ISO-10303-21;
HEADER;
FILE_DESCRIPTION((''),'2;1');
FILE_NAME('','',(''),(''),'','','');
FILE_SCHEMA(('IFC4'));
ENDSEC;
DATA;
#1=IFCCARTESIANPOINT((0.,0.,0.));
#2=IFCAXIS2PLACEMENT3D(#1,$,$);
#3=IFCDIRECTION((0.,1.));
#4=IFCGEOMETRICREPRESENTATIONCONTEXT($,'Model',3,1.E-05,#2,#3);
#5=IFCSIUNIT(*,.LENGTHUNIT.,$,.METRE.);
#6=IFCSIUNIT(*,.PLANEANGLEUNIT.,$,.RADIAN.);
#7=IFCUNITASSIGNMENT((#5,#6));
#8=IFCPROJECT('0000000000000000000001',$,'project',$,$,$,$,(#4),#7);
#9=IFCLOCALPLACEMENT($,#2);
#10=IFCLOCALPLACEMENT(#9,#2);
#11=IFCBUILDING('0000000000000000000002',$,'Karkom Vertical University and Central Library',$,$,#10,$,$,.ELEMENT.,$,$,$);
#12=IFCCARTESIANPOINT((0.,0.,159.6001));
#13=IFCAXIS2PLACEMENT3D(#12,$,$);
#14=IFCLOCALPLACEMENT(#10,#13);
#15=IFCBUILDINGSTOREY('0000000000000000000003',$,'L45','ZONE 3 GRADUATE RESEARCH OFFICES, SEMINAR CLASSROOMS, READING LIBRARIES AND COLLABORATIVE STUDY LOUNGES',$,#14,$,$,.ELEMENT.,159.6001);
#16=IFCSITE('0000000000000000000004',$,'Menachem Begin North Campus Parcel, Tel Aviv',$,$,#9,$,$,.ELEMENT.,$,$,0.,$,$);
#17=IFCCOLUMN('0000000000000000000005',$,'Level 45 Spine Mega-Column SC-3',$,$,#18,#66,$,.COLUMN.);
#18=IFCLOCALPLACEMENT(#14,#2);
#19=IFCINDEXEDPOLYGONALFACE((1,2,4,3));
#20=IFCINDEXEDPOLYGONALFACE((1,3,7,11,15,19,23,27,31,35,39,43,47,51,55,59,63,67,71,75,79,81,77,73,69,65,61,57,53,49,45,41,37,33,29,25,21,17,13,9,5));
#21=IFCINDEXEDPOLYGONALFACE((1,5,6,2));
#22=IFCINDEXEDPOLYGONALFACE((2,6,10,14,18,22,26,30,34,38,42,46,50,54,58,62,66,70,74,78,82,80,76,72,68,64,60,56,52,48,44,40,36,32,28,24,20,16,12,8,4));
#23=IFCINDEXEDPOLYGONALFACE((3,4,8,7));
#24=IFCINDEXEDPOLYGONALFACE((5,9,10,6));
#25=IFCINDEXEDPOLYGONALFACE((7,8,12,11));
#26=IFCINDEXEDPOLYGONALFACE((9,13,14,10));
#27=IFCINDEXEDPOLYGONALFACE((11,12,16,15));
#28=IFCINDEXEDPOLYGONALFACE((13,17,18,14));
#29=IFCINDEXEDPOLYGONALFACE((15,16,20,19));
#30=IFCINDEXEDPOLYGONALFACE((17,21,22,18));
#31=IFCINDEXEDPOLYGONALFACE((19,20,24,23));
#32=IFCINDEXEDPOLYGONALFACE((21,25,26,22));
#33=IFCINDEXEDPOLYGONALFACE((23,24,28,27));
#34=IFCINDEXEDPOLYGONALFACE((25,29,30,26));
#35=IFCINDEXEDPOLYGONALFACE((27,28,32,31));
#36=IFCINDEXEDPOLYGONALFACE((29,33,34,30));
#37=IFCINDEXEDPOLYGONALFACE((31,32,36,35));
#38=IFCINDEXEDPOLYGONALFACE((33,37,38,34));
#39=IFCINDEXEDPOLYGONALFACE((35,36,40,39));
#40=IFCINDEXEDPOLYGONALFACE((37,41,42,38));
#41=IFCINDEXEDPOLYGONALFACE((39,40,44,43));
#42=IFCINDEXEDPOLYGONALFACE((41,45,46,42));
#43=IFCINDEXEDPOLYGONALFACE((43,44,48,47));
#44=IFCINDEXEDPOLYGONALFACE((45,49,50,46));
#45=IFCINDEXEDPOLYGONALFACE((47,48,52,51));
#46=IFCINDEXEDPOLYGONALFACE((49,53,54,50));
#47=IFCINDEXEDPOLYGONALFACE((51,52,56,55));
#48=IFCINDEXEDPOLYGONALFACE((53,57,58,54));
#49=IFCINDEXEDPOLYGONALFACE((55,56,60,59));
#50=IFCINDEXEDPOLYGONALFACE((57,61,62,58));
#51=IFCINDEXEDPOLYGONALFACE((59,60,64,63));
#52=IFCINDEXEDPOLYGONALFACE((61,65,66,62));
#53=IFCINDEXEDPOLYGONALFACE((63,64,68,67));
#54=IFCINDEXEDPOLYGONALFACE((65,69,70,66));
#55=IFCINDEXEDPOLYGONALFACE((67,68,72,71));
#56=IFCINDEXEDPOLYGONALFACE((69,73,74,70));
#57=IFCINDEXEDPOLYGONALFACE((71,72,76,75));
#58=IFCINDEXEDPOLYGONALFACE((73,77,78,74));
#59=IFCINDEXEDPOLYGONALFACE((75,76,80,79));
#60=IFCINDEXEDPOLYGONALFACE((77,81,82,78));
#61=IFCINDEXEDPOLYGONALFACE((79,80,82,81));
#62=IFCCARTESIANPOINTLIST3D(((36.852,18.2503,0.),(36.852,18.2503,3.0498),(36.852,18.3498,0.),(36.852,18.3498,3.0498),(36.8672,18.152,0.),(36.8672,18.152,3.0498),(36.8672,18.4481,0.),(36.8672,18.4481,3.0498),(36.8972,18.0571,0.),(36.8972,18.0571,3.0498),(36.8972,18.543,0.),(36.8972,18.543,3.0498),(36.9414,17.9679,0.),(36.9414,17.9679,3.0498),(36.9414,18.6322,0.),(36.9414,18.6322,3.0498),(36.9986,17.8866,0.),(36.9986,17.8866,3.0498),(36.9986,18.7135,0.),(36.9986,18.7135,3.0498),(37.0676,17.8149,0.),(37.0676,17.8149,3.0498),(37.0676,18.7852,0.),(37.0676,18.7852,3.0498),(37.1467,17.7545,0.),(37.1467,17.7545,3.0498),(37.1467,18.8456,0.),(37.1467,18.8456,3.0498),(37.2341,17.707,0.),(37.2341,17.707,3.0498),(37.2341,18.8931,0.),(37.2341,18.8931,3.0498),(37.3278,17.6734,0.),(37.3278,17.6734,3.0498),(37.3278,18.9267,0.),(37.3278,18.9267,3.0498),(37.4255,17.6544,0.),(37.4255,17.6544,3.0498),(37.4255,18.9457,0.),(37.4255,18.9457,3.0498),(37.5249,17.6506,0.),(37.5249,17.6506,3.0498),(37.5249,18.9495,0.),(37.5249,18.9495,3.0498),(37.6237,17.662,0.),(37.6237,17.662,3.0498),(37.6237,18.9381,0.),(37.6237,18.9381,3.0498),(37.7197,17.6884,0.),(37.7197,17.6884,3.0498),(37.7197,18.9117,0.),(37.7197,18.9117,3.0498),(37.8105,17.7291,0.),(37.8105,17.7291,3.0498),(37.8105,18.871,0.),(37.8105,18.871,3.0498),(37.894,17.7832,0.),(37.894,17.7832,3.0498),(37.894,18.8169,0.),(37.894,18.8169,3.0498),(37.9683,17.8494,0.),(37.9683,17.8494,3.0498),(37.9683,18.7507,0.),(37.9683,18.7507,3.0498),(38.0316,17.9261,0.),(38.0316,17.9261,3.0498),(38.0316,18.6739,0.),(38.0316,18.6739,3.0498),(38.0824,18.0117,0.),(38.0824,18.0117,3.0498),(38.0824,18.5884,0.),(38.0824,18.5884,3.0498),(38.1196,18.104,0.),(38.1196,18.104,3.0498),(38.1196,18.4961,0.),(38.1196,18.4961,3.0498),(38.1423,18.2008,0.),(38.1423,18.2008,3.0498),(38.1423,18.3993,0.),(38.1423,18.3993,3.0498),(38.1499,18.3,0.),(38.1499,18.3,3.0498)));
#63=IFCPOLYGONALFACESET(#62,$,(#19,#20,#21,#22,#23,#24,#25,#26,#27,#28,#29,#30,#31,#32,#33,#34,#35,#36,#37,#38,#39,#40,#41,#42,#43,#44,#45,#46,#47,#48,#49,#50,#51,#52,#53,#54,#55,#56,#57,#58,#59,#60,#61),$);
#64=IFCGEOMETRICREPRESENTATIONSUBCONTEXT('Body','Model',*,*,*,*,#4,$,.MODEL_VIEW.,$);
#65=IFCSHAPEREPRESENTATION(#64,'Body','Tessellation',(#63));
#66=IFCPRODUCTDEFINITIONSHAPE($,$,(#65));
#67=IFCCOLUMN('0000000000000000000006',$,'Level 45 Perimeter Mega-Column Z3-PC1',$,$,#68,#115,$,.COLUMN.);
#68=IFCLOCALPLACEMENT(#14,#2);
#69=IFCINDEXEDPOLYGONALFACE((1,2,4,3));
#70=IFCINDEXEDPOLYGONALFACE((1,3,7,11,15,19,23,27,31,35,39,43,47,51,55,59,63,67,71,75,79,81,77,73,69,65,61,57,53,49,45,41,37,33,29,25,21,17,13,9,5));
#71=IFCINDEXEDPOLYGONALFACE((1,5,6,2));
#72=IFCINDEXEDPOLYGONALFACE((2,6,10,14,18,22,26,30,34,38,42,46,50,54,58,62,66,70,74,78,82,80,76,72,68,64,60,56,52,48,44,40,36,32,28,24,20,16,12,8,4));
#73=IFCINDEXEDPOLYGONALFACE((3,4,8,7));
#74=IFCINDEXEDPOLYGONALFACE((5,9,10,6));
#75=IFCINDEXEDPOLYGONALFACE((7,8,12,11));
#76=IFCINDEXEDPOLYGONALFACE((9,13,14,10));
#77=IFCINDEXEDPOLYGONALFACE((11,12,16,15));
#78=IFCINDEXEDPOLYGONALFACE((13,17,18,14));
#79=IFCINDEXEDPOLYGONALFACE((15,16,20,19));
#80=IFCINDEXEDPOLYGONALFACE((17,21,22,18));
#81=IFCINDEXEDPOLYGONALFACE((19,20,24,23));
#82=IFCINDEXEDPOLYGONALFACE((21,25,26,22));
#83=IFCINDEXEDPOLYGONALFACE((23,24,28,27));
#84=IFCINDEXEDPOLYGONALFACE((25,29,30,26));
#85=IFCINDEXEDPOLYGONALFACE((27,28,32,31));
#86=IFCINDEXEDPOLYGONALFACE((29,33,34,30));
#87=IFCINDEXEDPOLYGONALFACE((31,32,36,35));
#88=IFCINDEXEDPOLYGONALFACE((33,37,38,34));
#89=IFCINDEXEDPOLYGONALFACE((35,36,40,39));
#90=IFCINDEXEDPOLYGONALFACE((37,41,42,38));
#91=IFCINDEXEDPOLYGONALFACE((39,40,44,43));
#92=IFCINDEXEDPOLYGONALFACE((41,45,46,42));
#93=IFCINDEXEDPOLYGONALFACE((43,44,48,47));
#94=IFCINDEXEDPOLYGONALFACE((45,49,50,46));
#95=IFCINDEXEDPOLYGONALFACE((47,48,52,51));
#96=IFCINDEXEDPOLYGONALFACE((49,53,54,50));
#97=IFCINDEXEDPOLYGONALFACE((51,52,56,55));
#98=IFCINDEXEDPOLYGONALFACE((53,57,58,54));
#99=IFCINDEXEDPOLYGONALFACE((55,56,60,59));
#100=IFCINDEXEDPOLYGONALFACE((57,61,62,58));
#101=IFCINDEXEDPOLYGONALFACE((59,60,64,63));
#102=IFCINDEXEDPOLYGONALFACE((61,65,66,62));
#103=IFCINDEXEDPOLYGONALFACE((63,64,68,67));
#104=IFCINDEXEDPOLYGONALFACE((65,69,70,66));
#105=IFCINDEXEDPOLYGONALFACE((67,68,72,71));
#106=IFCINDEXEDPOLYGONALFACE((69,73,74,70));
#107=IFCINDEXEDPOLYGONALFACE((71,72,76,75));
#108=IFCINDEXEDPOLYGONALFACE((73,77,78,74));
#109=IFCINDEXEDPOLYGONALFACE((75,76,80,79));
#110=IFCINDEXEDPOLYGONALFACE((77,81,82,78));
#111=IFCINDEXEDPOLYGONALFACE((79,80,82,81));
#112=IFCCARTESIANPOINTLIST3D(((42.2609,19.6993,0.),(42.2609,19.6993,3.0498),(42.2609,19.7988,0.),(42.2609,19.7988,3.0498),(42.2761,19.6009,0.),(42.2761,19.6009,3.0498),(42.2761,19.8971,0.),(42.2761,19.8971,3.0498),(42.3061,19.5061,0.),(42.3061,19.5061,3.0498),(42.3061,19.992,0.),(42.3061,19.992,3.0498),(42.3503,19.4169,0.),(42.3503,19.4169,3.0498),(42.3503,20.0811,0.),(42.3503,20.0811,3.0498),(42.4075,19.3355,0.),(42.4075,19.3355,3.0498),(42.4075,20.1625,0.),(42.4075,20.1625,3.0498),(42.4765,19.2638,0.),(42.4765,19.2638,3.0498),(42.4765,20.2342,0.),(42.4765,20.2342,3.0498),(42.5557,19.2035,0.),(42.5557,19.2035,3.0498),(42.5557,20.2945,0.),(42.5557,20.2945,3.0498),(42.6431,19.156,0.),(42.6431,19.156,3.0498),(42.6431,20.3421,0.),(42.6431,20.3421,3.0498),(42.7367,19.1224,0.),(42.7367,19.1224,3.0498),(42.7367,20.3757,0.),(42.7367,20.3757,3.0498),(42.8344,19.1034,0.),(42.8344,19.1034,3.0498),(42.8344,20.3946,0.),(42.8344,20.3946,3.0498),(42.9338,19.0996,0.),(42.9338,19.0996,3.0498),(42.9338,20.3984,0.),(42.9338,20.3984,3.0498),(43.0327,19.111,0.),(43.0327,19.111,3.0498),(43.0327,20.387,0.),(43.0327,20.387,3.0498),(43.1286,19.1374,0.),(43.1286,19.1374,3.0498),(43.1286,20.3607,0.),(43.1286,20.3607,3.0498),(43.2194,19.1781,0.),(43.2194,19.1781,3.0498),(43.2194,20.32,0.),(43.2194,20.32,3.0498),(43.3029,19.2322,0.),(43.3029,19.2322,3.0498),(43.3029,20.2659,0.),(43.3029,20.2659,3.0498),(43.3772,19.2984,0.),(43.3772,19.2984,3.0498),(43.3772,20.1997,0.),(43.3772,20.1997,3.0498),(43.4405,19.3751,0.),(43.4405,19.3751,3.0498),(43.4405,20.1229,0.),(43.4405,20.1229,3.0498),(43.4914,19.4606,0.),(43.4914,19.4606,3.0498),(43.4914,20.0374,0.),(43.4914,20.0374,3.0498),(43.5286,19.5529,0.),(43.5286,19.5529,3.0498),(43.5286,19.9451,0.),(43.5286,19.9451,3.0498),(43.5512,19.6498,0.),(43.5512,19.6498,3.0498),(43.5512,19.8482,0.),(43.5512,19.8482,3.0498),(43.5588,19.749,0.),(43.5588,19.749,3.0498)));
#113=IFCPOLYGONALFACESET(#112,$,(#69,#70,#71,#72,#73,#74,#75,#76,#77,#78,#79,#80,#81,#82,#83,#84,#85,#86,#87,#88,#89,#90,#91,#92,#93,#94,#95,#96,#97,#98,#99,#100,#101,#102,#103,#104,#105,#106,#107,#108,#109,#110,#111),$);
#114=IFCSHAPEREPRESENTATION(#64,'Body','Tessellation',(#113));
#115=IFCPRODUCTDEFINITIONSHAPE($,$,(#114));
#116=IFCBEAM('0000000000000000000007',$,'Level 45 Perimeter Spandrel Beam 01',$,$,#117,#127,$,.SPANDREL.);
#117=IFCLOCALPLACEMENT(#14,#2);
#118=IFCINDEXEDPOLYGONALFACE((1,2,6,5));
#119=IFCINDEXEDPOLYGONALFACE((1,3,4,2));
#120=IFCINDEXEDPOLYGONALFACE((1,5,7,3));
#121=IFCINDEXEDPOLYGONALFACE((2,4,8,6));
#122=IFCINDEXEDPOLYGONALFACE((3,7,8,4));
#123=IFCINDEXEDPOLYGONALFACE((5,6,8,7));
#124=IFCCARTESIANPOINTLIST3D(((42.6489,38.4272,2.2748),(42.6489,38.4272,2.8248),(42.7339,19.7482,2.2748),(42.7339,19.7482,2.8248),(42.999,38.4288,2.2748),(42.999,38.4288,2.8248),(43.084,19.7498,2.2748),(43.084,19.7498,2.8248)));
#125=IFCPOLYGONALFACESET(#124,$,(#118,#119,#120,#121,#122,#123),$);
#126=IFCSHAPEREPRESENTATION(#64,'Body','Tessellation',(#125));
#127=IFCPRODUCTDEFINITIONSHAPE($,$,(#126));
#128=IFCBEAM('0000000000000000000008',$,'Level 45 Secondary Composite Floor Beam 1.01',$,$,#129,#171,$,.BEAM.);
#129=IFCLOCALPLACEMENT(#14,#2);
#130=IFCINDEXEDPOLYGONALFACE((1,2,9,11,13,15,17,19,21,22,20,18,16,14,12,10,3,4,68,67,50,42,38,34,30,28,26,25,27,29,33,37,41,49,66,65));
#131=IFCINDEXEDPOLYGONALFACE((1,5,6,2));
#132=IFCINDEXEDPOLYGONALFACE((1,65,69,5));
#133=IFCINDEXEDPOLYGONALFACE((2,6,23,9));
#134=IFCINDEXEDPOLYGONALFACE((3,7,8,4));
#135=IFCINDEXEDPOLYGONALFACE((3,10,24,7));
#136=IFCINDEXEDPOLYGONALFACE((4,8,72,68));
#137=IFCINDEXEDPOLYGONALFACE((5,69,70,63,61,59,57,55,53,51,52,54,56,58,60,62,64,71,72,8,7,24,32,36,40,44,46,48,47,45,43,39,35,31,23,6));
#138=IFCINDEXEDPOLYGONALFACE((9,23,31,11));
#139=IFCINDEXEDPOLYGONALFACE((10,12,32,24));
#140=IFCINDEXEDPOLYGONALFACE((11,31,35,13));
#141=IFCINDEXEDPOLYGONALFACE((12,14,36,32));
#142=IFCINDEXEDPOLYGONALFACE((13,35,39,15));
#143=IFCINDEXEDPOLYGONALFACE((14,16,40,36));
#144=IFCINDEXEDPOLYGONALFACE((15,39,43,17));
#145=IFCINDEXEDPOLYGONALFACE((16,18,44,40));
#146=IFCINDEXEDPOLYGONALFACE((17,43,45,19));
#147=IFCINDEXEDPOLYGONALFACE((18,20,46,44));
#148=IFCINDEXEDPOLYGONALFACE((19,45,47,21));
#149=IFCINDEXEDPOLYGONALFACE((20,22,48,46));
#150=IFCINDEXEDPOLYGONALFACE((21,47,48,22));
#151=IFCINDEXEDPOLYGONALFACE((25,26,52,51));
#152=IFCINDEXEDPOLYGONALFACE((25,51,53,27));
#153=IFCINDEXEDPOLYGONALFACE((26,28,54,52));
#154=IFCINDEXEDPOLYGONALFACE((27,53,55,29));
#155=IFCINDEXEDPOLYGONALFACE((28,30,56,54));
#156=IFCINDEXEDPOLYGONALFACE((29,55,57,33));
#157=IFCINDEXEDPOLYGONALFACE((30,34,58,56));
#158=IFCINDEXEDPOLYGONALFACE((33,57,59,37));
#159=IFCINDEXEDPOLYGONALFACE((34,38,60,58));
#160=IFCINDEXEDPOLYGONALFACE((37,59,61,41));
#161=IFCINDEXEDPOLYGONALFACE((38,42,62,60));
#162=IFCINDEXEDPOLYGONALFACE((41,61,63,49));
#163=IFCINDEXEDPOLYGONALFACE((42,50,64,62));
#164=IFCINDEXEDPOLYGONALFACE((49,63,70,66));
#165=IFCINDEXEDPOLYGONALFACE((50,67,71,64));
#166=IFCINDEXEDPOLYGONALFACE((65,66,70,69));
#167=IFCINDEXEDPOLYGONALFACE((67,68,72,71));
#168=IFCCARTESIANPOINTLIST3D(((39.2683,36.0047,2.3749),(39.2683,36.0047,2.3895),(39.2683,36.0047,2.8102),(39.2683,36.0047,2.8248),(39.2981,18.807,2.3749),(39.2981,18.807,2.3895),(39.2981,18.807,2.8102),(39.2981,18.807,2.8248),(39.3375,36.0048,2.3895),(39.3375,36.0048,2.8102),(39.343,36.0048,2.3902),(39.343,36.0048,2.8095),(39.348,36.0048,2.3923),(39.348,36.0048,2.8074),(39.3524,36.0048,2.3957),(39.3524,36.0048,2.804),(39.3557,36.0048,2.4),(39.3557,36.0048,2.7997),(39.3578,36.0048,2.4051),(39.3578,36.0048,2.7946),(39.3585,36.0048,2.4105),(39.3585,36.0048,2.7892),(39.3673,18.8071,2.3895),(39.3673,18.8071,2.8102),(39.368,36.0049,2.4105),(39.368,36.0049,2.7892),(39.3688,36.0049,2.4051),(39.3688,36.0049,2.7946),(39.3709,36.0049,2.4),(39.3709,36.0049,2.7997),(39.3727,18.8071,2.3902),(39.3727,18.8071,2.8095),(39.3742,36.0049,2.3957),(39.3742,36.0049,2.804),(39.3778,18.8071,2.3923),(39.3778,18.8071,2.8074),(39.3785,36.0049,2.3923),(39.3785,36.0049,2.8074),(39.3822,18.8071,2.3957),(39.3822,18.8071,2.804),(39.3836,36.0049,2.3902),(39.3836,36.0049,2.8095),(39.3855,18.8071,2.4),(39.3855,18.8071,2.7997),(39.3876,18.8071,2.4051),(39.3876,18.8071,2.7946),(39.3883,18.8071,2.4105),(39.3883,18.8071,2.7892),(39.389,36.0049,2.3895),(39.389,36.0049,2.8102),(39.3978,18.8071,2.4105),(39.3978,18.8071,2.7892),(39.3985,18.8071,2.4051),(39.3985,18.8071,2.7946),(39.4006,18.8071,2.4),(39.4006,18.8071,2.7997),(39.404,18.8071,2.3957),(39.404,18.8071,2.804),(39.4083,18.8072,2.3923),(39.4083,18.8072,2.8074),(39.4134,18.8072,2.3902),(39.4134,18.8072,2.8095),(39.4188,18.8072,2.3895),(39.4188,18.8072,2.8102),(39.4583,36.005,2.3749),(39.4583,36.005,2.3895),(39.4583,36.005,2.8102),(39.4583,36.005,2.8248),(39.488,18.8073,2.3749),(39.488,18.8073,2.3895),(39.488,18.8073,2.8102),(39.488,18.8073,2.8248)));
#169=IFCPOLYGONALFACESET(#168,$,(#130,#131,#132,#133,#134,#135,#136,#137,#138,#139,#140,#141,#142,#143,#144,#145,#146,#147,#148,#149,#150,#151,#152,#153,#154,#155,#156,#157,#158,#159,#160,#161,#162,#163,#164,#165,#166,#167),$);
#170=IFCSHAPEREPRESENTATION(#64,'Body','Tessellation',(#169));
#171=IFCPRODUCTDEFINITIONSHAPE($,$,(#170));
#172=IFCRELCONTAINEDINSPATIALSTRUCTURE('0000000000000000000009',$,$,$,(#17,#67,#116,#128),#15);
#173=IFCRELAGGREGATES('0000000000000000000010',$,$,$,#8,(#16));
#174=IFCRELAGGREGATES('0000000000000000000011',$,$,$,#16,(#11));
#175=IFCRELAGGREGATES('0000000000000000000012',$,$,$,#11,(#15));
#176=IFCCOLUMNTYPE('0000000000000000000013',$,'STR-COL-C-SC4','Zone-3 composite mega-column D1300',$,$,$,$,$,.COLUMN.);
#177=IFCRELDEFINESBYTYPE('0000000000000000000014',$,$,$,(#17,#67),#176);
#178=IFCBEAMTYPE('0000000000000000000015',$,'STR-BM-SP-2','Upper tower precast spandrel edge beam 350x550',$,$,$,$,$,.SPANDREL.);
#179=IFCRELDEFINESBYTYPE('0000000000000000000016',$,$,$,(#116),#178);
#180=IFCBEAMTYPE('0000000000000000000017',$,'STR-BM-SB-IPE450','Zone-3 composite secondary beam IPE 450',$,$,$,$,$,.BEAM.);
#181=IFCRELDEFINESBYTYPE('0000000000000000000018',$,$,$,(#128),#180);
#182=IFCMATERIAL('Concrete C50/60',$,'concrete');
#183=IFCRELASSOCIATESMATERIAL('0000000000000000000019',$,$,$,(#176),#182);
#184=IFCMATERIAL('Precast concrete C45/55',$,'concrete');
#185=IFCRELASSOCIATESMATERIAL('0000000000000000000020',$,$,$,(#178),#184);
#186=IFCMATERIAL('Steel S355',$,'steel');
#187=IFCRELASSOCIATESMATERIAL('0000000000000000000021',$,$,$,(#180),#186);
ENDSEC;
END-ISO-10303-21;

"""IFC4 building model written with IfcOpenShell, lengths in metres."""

from ifc_helpers import new_model, si_unit, direction, frame, origin, origin_with_axes, origin_2d, place, context, subcontext, project, spatial, rectangle, circle, i_section, extrude, source, transform, mapped, material, material_profile, profile_set, type_object, element, save


model = new_model("IFC4")

# Units and contexts
model_context = context("Model", 3, precision=1e-05, world=origin(), true_north=direction((0.0, 1.0)))
body_context = subcontext(model_context, "Body", "Model", "MODEL_VIEW")
ifc_project = project(units=[si_unit("LENGTHUNIT", "METRE"), si_unit("PLANEANGLEUNIT", "RADIAN")], contexts=[model_context])

# Site, building, storey
site_placement = place(None, origin())
site = spatial("IfcSite", under=ifc_project, at=site_placement, Name="Menachem Begin North Campus Parcel, Tel Aviv", CompositionType="ELEMENT", RefElevation=0.0)
building_placement = place(site_placement, origin())
building = spatial("IfcBuilding", under=site, at=building_placement, Name="Karkom Vertical University and Central Library", CompositionType="ELEMENT")
storey_placement = place(building_placement, frame((0.0, 0.0, 159.6001)))
storey = spatial("IfcBuildingStorey", under=building, at=storey_placement, Name="L45", Description="ZONE 3 GRADUATE RESEARCH OFFICES, SEMINAR CLASSROOMS, READING LIBRARIES AND COLLABORATIVE STUDY LOUNGES", CompositionType="ELEMENT", Elevation=159.6001)

# Columns
ifc_material_1 = material(Name="Concrete C50/60", Category="concrete")
ifc_material_profile_1 = material_profile(ifc_material_1, circle(Radius=0.6499, at=origin_2d()), Name="CFT-D1300")
ifc_profile_set_1 = profile_set([ifc_material_profile_1], Name="Concrete C50/60")
column_type = type_object("IfcColumnType", Name="STR-COL-C-SC4", Description="Zone-3 composite mega-column D1300", PredefinedType="COLUMN", material=ifc_profile_set_1)
shared_shape_1 = source(origin_with_axes(), body_context, "Body", "SweptSolid", [
    extrude(circle(Radius=0.6499, at=origin_2d()), origin(), (0.0, 0.0, 1.0), 3.0498),
])
for number, where, z_axis, x_axis, name in (
    (1, (37.5, 18.3, 0.0), (0.0, 0.0, 1.0), (1.0, 0.0, 0.0), "Level 45 Spine Mega-Column SC-3"),
    (2, (42.9089, 19.749, 0.0), (0.0, 0.0, 1.0), (1.0, 0.0, 0.0), "Level 45 Perimeter Mega-Column Z3-PC1"),
):
    element("IfcColumn", number, at=place(storey_placement, frame(where, z_axis=z_axis, x_axis=x_axis)), inside=storey, type_object=column_type, Name=name, PredefinedType="COLUMN", context=body_context, shape_type="MappedRepresentation", body=[
        mapped(shared_shape_1, transform((0.0, 0.0, 0.0), scale=1.0)),
    ])

# Beams
ifc_material_2 = material(Name="Precast concrete C45/55", Category="concrete")
ifc_material_profile_2 = material_profile(ifc_material_2, rectangle(XDim=0.3501, YDim=0.55, at=origin_2d()), Name="SPB-350x550")
ifc_profile_set_2 = profile_set([ifc_material_profile_2], Name="Precast concrete C45/55")
beam_type_1 = type_object("IfcBeamType", Name="STR-BM-SP-2", Description="Upper tower precast spandrel edge beam 350x550", PredefinedType="SPANDREL", material=ifc_profile_set_2)
shared_shape_2 = source(origin_with_axes(), body_context, "Body", "SweptSolid", [
    extrude(rectangle(XDim=0.3501, YDim=0.55, at=origin_2d()), origin(), (0.0, 0.0, 1.0), 18.6792),
])
beam_1_placement = place(storey_placement, frame((42.9089, 19.749, 2.5498), z_axis=(-0.004548, 0.99999, 0.0), x_axis=(-0.99999, -0.004548, 0.0)))
element("IfcBeam", 3, at=beam_1_placement, inside=storey, type_object=beam_type_1, Name="Level 45 Perimeter Spandrel Beam 01", PredefinedType="SPANDREL", context=body_context, shape_type="MappedRepresentation", body=[
    mapped(shared_shape_2, transform((0.0, 0.0, 0.0), scale=1.0)),
])
ifc_material_3 = material(Name="Steel S355", Category="steel")
ifc_material_profile_3 = material_profile(ifc_material_3, i_section(OverallWidth=0.1899, OverallDepth=0.45, WebThickness=0.0095, FlangeThickness=0.0146, FilletRadius=0.021, at=origin_2d()), Name="IPE 450")
ifc_profile_set_3 = profile_set([ifc_material_profile_3], Name="Steel S355")
beam_type_2 = type_object("IfcBeamType", Name="STR-BM-SB-IPE450", Description="Zone-3 composite secondary beam IPE 450", PredefinedType="BEAM", material=ifc_profile_set_3)
shared_shape_3 = source(origin_with_axes(), body_context, "Body", "SweptSolid", [
    extrude(i_section(OverallWidth=0.1899, OverallDepth=0.45, WebThickness=0.0095, FlangeThickness=0.0146, FilletRadius=0.021, at=origin_2d()), origin(), (0.0, 0.0, 1.0), 17.1978),
])
beam_2_placement = place(storey_placement, frame((39.3931, 18.8071, 2.5999), z_axis=(-0.001732, 0.999999, 0.0), x_axis=(-0.999999, -0.001732, 0.0)))
element("IfcBeam", 4, at=beam_2_placement, inside=storey, type_object=beam_type_2, Name="Level 45 Secondary Composite Floor Beam 1.01", PredefinedType="BEAM", context=body_context, shape_type="MappedRepresentation", body=[
    mapped(shared_shape_3, transform((0.0, 0.0, 0.0), scale=1.0)),
])

save(model, "model.ifc")
